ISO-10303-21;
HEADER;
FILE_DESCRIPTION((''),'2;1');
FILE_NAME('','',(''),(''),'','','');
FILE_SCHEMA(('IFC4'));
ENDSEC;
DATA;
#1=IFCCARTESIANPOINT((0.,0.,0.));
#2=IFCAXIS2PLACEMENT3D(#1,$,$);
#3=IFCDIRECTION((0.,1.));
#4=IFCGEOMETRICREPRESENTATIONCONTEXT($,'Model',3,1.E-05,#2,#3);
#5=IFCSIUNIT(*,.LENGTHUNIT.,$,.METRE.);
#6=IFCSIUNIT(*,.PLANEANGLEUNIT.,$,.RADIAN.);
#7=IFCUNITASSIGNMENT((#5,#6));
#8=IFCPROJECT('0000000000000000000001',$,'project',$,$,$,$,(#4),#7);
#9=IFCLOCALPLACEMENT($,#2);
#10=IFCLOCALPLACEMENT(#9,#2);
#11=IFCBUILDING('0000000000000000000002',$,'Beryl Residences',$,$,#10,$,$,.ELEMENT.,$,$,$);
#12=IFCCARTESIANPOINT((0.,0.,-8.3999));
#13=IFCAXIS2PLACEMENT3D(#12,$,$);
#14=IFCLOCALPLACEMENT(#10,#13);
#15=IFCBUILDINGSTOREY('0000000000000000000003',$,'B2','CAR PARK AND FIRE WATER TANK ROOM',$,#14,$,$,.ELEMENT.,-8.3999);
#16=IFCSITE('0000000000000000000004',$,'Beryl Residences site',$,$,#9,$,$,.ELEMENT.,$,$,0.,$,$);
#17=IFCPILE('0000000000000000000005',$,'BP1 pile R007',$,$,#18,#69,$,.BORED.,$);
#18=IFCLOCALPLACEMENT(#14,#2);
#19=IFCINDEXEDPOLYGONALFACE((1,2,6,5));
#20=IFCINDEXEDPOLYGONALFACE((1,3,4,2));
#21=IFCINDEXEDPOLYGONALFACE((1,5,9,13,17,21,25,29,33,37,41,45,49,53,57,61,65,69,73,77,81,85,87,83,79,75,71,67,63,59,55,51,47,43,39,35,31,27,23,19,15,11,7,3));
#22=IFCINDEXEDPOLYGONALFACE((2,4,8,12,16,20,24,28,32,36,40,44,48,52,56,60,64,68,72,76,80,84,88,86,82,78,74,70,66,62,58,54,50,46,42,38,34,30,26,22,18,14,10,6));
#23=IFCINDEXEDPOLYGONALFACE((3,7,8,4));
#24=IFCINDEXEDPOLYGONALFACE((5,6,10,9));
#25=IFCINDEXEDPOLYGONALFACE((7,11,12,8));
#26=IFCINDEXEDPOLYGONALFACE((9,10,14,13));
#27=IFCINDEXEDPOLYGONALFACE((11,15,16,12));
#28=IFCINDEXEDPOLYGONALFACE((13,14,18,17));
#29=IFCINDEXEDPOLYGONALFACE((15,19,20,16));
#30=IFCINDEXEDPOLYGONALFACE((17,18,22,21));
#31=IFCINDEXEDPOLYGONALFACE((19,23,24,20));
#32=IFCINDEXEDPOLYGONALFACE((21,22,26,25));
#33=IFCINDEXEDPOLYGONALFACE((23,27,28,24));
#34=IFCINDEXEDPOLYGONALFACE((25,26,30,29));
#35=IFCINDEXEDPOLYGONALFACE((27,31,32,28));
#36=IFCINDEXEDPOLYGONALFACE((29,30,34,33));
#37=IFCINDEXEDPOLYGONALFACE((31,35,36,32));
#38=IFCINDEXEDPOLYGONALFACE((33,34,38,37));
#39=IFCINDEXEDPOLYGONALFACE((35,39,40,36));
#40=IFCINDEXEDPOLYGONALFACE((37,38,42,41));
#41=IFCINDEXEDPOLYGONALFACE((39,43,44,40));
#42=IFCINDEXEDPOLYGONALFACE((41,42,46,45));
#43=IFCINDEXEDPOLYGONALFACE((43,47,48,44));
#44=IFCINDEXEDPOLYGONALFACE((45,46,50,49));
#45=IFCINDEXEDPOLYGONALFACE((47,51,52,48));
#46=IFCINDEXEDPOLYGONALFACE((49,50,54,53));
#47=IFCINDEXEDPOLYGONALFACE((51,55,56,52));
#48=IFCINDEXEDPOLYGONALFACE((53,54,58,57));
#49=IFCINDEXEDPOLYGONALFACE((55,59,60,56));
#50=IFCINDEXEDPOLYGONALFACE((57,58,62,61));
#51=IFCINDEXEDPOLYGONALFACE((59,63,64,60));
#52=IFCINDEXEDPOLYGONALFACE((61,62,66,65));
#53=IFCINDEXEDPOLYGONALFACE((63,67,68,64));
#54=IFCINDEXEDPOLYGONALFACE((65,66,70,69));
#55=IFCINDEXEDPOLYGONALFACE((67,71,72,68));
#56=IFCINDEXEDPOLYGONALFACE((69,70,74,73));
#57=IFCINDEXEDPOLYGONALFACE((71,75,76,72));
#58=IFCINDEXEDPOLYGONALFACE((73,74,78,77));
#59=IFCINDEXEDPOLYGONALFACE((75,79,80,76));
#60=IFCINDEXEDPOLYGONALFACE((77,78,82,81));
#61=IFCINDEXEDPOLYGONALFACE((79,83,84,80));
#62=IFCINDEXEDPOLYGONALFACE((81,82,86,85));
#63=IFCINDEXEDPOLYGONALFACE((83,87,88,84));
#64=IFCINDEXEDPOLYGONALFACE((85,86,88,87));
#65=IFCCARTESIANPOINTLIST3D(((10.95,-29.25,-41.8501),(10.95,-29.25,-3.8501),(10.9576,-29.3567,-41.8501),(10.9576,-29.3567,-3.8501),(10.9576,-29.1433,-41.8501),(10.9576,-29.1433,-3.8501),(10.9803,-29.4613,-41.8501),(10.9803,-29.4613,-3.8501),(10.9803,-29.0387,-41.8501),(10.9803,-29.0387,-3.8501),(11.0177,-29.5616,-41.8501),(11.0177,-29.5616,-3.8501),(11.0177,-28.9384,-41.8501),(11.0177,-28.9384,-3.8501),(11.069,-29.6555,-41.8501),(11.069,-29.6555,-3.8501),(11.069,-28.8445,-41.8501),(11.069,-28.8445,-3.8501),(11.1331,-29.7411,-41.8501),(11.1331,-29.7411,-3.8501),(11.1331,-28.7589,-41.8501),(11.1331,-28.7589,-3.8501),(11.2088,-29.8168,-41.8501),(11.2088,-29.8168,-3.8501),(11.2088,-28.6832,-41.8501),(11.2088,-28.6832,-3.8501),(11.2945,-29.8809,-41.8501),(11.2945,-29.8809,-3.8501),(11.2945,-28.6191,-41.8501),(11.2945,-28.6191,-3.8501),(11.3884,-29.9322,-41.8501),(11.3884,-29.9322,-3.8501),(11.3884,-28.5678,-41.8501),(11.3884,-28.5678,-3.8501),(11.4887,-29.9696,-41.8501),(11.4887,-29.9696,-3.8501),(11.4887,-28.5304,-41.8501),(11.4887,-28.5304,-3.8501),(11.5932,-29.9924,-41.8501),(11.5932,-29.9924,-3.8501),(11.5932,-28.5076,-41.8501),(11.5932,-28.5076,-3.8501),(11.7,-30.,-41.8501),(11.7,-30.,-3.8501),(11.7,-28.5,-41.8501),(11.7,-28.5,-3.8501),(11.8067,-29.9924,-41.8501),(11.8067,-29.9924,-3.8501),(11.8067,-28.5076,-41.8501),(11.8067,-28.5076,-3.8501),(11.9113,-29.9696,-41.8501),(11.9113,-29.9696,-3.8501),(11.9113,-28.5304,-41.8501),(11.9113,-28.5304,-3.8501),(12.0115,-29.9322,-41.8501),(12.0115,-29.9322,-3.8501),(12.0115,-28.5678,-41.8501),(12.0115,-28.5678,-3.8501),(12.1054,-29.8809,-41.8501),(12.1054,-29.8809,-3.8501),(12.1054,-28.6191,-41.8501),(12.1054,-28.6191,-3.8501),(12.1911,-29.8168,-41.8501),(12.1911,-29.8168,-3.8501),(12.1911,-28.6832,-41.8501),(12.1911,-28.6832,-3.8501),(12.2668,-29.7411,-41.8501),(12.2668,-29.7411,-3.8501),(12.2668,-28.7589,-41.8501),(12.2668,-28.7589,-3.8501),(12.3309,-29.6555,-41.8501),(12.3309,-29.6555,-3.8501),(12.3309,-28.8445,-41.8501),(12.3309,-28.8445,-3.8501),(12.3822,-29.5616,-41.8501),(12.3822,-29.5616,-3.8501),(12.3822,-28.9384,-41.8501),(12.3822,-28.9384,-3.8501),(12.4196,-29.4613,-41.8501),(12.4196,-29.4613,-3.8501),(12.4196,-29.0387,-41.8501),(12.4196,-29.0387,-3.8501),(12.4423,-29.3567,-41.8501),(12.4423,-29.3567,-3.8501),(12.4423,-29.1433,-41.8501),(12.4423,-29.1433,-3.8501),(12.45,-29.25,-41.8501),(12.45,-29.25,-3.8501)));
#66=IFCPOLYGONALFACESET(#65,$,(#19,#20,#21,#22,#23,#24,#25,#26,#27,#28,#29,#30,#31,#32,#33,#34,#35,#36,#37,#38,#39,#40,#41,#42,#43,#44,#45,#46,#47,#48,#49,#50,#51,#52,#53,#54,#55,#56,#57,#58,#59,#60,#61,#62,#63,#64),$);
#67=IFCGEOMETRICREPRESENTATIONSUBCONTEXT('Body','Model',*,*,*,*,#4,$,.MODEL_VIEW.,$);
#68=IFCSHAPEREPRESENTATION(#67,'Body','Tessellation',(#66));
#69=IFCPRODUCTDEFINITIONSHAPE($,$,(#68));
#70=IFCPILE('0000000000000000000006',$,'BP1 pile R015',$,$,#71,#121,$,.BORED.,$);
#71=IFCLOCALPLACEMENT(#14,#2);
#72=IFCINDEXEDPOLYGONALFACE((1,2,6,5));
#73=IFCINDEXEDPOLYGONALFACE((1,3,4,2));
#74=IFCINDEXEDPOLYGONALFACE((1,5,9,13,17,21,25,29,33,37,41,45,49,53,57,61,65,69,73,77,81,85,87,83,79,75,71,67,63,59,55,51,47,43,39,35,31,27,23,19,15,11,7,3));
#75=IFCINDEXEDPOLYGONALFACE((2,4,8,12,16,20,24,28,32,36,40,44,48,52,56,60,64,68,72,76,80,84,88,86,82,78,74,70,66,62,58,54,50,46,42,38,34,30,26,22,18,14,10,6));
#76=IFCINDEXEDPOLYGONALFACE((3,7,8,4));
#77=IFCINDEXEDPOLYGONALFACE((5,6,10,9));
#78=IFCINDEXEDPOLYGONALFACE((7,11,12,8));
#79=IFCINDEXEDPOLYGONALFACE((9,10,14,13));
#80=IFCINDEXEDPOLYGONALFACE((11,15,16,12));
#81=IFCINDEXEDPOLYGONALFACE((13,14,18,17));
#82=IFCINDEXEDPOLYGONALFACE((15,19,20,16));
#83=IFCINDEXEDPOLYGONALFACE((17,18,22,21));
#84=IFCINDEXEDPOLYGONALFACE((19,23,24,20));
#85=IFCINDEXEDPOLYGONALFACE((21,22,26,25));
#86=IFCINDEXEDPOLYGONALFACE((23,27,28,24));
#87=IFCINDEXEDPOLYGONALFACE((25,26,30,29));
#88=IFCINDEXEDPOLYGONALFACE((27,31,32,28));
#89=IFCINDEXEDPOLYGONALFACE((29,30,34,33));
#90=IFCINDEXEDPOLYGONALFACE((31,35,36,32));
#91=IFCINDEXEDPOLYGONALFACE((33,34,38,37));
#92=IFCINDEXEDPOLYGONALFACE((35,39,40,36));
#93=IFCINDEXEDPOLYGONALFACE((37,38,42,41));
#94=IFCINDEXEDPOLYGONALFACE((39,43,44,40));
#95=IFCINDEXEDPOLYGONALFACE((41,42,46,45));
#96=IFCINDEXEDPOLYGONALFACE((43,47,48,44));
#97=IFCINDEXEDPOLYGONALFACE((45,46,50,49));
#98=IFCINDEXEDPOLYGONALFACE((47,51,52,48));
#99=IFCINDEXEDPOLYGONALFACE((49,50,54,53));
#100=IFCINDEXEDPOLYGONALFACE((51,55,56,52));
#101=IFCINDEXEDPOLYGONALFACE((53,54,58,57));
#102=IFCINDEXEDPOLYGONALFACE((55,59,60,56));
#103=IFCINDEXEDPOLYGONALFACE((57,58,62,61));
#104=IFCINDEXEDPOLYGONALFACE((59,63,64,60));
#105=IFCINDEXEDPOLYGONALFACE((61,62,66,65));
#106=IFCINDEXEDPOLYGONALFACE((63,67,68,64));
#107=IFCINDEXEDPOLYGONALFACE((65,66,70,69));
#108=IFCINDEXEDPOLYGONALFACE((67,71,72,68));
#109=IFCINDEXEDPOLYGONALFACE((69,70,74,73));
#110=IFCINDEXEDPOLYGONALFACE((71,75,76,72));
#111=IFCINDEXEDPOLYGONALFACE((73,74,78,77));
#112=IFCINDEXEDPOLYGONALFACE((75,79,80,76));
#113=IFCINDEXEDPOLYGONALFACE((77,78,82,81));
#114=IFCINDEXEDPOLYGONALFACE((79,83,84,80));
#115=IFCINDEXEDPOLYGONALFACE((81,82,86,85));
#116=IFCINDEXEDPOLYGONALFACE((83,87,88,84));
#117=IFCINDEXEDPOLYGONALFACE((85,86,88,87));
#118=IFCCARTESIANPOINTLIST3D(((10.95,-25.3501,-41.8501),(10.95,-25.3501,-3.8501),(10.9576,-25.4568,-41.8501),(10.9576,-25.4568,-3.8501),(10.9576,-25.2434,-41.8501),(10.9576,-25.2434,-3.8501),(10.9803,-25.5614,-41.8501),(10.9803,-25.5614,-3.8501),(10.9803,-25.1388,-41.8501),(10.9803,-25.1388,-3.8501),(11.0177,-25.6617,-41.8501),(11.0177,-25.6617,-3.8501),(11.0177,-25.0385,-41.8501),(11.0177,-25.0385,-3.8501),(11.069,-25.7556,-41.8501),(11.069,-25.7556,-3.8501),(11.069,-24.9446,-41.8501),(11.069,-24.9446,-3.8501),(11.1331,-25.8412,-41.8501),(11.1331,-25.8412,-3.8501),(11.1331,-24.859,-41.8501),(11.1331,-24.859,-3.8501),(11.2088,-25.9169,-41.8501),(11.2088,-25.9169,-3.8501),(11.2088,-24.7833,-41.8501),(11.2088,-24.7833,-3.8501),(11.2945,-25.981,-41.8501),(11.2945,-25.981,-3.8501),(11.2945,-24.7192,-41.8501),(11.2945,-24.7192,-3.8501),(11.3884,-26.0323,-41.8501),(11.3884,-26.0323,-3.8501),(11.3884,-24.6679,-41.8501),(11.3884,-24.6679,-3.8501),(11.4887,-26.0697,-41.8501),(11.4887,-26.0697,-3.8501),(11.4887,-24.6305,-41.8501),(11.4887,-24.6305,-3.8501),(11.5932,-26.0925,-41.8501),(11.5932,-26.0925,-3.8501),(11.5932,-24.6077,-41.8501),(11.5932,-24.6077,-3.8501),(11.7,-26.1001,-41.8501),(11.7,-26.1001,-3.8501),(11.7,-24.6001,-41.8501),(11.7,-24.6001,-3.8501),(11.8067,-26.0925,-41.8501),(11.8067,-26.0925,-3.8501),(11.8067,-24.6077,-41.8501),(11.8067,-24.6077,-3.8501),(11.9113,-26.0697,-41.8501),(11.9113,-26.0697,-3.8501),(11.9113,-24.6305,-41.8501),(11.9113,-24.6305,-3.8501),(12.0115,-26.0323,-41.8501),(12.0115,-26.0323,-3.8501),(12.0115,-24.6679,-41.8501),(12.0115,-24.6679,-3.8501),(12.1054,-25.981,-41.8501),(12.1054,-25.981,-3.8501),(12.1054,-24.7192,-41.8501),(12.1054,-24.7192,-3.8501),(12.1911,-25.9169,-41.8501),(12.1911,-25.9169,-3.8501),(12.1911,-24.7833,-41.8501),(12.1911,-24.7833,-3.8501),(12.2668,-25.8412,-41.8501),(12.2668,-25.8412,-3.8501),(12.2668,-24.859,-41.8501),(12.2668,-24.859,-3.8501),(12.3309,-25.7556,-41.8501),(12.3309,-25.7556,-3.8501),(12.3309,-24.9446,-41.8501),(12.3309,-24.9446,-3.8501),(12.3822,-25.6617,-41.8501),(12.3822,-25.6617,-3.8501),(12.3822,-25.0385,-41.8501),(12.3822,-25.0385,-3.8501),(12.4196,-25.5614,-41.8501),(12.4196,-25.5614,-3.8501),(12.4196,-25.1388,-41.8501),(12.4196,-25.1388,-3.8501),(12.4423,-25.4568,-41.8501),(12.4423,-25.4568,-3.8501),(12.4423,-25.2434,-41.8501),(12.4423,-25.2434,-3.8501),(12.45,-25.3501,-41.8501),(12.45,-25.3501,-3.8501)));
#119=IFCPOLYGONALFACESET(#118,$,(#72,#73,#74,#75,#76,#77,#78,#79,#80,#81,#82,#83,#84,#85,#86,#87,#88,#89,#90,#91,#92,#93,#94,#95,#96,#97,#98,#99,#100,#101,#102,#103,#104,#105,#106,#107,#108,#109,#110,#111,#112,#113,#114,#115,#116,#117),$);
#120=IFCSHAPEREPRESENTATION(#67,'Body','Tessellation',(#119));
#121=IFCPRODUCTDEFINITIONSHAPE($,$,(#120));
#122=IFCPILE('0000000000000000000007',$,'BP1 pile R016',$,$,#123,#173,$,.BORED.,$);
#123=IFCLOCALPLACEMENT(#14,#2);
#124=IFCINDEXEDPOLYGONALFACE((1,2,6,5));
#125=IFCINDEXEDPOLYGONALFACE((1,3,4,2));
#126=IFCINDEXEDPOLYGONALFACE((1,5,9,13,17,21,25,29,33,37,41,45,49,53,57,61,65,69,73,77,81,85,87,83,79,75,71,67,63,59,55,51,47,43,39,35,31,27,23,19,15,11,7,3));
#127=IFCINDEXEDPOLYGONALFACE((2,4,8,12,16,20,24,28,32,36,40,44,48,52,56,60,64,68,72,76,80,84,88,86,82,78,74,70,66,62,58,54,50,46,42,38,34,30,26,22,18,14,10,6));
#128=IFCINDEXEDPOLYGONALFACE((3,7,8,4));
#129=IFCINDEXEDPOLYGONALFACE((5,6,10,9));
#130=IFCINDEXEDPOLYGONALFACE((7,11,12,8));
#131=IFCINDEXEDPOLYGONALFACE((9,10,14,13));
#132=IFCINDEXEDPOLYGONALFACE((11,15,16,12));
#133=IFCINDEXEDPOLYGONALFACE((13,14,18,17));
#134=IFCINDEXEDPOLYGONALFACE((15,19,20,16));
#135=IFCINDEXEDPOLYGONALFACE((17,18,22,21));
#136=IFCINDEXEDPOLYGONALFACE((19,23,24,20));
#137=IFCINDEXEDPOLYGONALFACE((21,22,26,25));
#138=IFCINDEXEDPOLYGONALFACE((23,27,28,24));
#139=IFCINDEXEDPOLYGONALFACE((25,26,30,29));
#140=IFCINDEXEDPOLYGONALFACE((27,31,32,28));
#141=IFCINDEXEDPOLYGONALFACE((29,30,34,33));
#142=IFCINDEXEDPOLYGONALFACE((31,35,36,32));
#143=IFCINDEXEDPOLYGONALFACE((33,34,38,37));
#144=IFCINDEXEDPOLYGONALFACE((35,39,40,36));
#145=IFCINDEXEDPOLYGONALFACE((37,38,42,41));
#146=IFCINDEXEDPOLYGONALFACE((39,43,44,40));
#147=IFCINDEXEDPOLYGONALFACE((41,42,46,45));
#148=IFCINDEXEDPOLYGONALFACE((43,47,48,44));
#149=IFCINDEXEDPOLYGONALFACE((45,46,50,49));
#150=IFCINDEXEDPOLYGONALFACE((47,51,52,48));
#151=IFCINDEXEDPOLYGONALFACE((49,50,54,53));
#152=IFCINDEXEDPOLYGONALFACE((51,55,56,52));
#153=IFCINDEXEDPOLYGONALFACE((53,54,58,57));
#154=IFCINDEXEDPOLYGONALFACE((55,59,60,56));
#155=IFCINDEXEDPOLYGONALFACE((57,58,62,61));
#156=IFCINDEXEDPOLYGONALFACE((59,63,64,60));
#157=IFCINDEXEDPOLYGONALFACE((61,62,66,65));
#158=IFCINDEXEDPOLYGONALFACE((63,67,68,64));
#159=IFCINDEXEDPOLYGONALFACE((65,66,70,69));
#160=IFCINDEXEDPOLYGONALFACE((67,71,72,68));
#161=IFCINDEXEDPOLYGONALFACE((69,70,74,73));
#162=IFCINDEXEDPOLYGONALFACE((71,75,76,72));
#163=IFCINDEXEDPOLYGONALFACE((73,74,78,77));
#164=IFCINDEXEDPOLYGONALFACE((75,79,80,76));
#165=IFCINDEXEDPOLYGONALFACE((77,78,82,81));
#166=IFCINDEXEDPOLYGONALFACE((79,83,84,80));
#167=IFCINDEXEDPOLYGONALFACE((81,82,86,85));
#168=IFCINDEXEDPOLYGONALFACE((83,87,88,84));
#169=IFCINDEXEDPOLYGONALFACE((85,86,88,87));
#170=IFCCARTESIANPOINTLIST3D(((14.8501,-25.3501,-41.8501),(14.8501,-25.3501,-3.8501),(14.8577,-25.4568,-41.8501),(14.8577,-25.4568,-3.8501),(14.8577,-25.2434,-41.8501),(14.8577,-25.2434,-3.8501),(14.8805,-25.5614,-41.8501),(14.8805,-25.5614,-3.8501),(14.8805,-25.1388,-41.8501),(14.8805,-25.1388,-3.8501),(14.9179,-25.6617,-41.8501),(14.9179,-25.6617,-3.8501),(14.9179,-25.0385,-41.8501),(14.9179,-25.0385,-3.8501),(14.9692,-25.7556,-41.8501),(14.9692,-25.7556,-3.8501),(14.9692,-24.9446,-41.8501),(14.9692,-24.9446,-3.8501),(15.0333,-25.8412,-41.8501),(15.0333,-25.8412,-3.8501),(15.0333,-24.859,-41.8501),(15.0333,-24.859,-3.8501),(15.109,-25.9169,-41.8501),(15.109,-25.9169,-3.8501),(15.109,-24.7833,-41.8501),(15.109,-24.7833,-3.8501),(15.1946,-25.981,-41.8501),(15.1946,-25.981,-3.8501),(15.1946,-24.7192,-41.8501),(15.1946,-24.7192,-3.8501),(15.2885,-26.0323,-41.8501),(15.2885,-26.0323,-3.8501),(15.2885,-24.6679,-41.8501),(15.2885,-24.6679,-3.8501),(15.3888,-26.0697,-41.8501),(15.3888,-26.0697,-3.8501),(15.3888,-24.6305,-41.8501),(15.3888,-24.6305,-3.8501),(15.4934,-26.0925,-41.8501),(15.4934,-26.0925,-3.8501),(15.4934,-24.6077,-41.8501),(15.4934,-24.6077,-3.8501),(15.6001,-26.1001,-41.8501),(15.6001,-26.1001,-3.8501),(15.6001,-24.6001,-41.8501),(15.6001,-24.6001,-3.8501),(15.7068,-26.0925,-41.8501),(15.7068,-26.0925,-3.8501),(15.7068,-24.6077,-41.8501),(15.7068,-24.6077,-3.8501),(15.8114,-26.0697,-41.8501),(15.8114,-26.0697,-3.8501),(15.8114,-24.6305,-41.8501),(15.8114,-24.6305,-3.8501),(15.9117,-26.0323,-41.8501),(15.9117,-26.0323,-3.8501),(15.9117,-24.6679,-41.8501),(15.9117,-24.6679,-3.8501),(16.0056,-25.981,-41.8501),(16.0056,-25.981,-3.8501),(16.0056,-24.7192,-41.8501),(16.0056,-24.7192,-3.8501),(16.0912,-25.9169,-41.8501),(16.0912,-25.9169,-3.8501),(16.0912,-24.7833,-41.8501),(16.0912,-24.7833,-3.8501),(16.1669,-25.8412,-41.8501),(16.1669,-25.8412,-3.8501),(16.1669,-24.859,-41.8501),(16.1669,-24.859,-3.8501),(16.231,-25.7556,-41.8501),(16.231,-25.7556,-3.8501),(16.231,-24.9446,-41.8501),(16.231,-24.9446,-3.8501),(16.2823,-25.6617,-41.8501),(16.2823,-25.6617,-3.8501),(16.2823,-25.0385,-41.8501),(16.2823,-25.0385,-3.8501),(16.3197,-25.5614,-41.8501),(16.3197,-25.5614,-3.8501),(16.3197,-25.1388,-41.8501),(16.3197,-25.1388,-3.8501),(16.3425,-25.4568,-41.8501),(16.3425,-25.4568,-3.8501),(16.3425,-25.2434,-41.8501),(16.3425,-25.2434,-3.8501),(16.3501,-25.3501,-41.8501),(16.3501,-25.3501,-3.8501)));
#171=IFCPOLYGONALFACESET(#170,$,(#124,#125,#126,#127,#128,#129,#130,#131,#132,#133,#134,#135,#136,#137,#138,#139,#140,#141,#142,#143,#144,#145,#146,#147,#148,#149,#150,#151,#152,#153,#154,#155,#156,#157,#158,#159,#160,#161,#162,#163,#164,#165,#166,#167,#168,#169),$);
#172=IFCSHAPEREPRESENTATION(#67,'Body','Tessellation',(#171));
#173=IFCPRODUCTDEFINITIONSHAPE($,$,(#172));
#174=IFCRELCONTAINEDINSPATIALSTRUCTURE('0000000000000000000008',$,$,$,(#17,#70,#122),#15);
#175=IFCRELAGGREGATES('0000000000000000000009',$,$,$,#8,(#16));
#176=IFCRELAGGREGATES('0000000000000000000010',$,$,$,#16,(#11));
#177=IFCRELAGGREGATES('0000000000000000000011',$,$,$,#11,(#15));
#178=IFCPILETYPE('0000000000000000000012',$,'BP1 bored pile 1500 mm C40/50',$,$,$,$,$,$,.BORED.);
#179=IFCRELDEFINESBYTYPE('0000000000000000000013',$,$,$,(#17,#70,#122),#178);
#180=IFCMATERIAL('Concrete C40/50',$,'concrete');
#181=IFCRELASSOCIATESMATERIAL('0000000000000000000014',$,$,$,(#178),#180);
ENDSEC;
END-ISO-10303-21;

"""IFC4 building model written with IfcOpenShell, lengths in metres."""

from ifc_helpers import new_model, si_unit, direction, frame, origin, origin_2d, place, context, subcontext, project, spatial, circle, extrude, material, material_profile, profile_set, type_object, element, save


model = new_model("IFC4")

# Units and contexts
model_context = context("Model", 3, precision=1e-05, world=origin(), true_north=direction((0.0, 1.0)))
body_context = subcontext(model_context, "Body", "Model", "MODEL_VIEW")
ifc_project = project(units=[si_unit("LENGTHUNIT", "METRE"), si_unit("PLANEANGLEUNIT", "RADIAN")], contexts=[model_context])

# Site, building, storey
site_placement = place(None, origin())
site = spatial("IfcSite", under=ifc_project, at=site_placement, Name="Beryl Residences site", CompositionType="ELEMENT", RefElevation=0.0)
building_placement = place(site_placement, origin())
building = spatial("IfcBuilding", under=site, at=building_placement, Name="Beryl Residences", CompositionType="ELEMENT")
storey_placement = place(building_placement, frame((0.0, 0.0, -8.3999)))
storey = spatial("IfcBuildingStorey", under=building, at=storey_placement, Name="B2", Description="CAR PARK AND FIRE WATER TANK ROOM", CompositionType="ELEMENT", Elevation=-8.3999)

# Piles
ifc_material_1 = material(Name="Concrete C40/50", Category="concrete")
ifc_material_profile_1 = material_profile(ifc_material_1, circle(Radius=0.75, at=origin_2d()))
ifc_profile_set_1 = profile_set([ifc_material_profile_1], Name="Concrete C40/50")
pile_type_1 = type_object("IfcPileType", Name="BP1 bored pile 1500 mm C40/50", PredefinedType="BORED", material=ifc_profile_set_1)
for number, where, z_axis, x_axis, name in (
    (1, (11.7, -29.25, -3.8501), (0.0, 0.0, -1.0), (1.0, 0.0, 0.0), "BP1 pile R007"),
    (2, (11.7, -25.3501, -3.8501), (0.0, 0.0, -1.0), (1.0, 0.0, 0.0), "BP1 pile R015"),
    (3, (15.6001, -25.3501, -3.8501), (0.0, 0.0, -1.0), (1.0, 0.0, 0.0), "BP1 pile R016"),
):
    element("IfcPile", number, at=place(storey_placement, frame(where, z_axis=z_axis, x_axis=x_axis)), inside=storey, type_object=pile_type_1, Name=name, PredefinedType="BORED", context=body_context, shape_type="SweptSolid", body=[
        extrude(circle(Radius=0.75, at=origin_2d()), origin(), (0.0, 0.0, 1.0), 38.0),
    ])

save(model, "model.ifc")
